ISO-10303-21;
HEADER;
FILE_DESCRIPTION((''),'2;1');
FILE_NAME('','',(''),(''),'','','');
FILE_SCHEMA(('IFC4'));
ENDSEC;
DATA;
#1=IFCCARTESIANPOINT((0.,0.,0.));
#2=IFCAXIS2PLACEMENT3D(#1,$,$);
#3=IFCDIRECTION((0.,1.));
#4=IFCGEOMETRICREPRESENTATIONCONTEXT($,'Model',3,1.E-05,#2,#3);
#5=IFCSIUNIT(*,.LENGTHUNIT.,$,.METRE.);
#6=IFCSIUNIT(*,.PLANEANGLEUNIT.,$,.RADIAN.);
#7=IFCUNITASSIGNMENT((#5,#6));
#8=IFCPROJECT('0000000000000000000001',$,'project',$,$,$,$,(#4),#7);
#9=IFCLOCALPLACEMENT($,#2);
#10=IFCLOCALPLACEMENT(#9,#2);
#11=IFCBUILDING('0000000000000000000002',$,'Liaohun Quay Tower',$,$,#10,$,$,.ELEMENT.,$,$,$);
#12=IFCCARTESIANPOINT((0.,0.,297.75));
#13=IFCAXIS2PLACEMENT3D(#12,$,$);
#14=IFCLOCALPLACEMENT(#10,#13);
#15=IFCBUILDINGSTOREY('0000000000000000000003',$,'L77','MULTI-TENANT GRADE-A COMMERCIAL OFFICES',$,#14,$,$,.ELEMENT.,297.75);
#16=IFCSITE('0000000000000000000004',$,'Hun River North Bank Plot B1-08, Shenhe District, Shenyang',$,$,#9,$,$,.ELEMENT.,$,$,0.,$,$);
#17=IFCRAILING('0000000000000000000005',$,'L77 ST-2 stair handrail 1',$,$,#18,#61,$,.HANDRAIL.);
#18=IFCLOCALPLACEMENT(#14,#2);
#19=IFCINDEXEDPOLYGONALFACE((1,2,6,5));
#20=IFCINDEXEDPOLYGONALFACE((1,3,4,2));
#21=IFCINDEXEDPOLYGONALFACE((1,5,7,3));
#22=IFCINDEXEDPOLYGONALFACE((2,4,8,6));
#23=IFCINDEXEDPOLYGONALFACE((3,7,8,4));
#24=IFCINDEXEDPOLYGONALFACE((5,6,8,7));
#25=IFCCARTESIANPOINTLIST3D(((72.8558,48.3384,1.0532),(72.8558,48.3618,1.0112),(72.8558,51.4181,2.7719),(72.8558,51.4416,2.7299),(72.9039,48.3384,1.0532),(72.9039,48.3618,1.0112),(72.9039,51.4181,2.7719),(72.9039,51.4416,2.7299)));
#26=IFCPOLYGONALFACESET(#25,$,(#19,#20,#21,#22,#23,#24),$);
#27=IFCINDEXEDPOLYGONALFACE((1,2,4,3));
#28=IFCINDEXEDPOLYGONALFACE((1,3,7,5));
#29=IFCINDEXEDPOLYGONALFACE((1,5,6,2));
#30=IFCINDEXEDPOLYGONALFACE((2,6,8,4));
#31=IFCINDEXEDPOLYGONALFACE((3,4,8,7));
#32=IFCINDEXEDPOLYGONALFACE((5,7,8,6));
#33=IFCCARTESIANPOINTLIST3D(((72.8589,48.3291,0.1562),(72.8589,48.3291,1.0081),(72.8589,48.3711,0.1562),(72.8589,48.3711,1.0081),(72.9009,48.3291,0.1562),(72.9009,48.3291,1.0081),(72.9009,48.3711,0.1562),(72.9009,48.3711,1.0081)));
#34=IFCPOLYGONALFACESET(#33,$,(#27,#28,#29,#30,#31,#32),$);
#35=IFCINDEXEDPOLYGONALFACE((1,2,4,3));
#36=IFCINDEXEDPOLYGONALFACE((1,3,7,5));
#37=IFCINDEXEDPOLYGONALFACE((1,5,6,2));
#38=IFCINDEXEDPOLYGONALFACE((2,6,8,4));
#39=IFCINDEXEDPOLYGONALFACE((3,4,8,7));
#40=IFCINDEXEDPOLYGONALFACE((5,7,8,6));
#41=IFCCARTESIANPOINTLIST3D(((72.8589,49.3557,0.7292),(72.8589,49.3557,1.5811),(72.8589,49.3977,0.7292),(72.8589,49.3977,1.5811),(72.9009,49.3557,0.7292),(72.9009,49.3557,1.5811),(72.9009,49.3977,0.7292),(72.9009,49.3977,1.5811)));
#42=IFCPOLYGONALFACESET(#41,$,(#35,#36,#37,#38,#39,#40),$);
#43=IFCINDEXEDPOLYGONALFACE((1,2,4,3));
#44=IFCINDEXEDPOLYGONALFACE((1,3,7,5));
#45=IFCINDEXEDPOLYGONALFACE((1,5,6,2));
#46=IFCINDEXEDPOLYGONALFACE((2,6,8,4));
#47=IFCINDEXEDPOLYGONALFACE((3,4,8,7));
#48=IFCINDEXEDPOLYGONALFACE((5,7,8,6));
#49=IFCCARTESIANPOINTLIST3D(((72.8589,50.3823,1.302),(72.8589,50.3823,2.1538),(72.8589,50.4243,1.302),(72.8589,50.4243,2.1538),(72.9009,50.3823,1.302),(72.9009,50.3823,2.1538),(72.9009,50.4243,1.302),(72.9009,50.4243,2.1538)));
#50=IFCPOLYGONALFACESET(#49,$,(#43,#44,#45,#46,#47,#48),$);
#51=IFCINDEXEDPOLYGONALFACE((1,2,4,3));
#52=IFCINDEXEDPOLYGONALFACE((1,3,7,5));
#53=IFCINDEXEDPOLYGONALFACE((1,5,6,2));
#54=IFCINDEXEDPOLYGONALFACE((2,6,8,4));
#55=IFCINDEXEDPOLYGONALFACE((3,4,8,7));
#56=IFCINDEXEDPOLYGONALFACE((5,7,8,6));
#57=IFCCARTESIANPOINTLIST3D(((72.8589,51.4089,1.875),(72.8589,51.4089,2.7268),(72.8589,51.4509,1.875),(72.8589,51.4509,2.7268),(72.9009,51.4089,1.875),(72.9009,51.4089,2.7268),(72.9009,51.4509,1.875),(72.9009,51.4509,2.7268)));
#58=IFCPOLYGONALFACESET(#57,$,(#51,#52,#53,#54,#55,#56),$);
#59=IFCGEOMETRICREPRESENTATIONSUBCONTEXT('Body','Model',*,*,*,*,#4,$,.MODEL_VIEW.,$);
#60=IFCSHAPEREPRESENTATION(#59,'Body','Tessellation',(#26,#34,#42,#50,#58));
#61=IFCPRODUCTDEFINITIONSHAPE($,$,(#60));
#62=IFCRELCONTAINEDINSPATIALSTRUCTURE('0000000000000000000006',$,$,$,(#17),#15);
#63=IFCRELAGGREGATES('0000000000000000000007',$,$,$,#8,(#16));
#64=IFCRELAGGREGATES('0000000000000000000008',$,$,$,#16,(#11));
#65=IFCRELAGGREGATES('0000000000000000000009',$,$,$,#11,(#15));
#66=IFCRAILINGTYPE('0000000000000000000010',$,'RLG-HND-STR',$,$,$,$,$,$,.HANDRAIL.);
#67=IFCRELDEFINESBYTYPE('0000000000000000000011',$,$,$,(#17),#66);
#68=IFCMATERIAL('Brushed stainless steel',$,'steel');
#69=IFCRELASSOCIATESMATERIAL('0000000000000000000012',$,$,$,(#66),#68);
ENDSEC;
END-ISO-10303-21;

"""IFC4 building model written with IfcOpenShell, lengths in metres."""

from ifc_helpers import new_model, si_unit, direction, frame, origin, origin_2d, place, context, subcontext, project, spatial, rectangle, extrude, material, type_object, element, save


model = new_model("IFC4")

# Units and contexts
model_context = context("Model", 3, precision=1e-05, world=origin(), true_north=direction((0.0, 1.0)))
body_context = subcontext(model_context, "Body", "Model", "MODEL_VIEW")
ifc_project = project(units=[si_unit("LENGTHUNIT", "METRE"), si_unit("PLANEANGLEUNIT", "RADIAN")], contexts=[model_context])

# Site, building, storey
site_placement = place(None, origin())
site = spatial("IfcSite", under=ifc_project, at=site_placement, Name="Hun River North Bank Plot B1-08, Shenhe District, Shenyang", CompositionType="ELEMENT", RefElevation=0.0)
building_placement = place(site_placement, origin())
building = spatial("IfcBuilding", under=site, at=building_placement, Name="Liaohun Quay Tower", CompositionType="ELEMENT")
storey_placement = place(building_placement, frame((0.0, 0.0, 297.75)))
storey = spatial("IfcBuildingStorey", under=building, at=storey_placement, Name="L77", Description="MULTI-TENANT GRADE-A COMMERCIAL OFFICES", CompositionType="ELEMENT", Elevation=297.75)

# Railing
ifc_material_1 = material(Name="Brushed stainless steel", Category="steel")
railing_type_1 = type_object("IfcRailingType", Name="RLG-HND-STR", PredefinedType="HANDRAIL", material=ifc_material_1)
railing_1_placement = place(storey_placement, frame((72.8799, 48.3501, 0.1562)))
element("IfcRailing", 1, at=railing_1_placement, inside=storey, type_object=railing_type_1, Name="L77 ST-2 stair handrail 1", PredefinedType="HANDRAIL", context=body_context, shape_type="SweptSolid", body=[
    extrude(rectangle(XDim=0.0481, YDim=0.0481, at=origin_2d()), frame((0.0, 0.0, 0.876), z_axis=(0.0, 0.873225, 0.487317), x_axis=(-1.0, 0.0, 0.0)), (0.0, 0.0, 1.0), 3.5269),
    extrude(rectangle(XDim=0.042, YDim=0.042, at=origin_2d()), origin(), (0.0, 0.0, 1.0), 0.8518),
    extrude(rectangle(XDim=0.042, YDim=0.042, at=origin_2d()), frame((0.0, 1.0266, 0.573)), (0.0, 0.0, 1.0), 0.8518),
    extrude(rectangle(XDim=0.042, YDim=0.042, at=origin_2d()), frame((0.0, 2.0532, 1.1458)), (0.0, 0.0, 1.0), 0.8518),
    extrude(rectangle(XDim=0.042, YDim=0.042, at=origin_2d()), frame((0.0, 3.0798, 1.7188)), (0.0, 0.0, 1.0), 0.8518),
])

save(model, "model.ifc")
